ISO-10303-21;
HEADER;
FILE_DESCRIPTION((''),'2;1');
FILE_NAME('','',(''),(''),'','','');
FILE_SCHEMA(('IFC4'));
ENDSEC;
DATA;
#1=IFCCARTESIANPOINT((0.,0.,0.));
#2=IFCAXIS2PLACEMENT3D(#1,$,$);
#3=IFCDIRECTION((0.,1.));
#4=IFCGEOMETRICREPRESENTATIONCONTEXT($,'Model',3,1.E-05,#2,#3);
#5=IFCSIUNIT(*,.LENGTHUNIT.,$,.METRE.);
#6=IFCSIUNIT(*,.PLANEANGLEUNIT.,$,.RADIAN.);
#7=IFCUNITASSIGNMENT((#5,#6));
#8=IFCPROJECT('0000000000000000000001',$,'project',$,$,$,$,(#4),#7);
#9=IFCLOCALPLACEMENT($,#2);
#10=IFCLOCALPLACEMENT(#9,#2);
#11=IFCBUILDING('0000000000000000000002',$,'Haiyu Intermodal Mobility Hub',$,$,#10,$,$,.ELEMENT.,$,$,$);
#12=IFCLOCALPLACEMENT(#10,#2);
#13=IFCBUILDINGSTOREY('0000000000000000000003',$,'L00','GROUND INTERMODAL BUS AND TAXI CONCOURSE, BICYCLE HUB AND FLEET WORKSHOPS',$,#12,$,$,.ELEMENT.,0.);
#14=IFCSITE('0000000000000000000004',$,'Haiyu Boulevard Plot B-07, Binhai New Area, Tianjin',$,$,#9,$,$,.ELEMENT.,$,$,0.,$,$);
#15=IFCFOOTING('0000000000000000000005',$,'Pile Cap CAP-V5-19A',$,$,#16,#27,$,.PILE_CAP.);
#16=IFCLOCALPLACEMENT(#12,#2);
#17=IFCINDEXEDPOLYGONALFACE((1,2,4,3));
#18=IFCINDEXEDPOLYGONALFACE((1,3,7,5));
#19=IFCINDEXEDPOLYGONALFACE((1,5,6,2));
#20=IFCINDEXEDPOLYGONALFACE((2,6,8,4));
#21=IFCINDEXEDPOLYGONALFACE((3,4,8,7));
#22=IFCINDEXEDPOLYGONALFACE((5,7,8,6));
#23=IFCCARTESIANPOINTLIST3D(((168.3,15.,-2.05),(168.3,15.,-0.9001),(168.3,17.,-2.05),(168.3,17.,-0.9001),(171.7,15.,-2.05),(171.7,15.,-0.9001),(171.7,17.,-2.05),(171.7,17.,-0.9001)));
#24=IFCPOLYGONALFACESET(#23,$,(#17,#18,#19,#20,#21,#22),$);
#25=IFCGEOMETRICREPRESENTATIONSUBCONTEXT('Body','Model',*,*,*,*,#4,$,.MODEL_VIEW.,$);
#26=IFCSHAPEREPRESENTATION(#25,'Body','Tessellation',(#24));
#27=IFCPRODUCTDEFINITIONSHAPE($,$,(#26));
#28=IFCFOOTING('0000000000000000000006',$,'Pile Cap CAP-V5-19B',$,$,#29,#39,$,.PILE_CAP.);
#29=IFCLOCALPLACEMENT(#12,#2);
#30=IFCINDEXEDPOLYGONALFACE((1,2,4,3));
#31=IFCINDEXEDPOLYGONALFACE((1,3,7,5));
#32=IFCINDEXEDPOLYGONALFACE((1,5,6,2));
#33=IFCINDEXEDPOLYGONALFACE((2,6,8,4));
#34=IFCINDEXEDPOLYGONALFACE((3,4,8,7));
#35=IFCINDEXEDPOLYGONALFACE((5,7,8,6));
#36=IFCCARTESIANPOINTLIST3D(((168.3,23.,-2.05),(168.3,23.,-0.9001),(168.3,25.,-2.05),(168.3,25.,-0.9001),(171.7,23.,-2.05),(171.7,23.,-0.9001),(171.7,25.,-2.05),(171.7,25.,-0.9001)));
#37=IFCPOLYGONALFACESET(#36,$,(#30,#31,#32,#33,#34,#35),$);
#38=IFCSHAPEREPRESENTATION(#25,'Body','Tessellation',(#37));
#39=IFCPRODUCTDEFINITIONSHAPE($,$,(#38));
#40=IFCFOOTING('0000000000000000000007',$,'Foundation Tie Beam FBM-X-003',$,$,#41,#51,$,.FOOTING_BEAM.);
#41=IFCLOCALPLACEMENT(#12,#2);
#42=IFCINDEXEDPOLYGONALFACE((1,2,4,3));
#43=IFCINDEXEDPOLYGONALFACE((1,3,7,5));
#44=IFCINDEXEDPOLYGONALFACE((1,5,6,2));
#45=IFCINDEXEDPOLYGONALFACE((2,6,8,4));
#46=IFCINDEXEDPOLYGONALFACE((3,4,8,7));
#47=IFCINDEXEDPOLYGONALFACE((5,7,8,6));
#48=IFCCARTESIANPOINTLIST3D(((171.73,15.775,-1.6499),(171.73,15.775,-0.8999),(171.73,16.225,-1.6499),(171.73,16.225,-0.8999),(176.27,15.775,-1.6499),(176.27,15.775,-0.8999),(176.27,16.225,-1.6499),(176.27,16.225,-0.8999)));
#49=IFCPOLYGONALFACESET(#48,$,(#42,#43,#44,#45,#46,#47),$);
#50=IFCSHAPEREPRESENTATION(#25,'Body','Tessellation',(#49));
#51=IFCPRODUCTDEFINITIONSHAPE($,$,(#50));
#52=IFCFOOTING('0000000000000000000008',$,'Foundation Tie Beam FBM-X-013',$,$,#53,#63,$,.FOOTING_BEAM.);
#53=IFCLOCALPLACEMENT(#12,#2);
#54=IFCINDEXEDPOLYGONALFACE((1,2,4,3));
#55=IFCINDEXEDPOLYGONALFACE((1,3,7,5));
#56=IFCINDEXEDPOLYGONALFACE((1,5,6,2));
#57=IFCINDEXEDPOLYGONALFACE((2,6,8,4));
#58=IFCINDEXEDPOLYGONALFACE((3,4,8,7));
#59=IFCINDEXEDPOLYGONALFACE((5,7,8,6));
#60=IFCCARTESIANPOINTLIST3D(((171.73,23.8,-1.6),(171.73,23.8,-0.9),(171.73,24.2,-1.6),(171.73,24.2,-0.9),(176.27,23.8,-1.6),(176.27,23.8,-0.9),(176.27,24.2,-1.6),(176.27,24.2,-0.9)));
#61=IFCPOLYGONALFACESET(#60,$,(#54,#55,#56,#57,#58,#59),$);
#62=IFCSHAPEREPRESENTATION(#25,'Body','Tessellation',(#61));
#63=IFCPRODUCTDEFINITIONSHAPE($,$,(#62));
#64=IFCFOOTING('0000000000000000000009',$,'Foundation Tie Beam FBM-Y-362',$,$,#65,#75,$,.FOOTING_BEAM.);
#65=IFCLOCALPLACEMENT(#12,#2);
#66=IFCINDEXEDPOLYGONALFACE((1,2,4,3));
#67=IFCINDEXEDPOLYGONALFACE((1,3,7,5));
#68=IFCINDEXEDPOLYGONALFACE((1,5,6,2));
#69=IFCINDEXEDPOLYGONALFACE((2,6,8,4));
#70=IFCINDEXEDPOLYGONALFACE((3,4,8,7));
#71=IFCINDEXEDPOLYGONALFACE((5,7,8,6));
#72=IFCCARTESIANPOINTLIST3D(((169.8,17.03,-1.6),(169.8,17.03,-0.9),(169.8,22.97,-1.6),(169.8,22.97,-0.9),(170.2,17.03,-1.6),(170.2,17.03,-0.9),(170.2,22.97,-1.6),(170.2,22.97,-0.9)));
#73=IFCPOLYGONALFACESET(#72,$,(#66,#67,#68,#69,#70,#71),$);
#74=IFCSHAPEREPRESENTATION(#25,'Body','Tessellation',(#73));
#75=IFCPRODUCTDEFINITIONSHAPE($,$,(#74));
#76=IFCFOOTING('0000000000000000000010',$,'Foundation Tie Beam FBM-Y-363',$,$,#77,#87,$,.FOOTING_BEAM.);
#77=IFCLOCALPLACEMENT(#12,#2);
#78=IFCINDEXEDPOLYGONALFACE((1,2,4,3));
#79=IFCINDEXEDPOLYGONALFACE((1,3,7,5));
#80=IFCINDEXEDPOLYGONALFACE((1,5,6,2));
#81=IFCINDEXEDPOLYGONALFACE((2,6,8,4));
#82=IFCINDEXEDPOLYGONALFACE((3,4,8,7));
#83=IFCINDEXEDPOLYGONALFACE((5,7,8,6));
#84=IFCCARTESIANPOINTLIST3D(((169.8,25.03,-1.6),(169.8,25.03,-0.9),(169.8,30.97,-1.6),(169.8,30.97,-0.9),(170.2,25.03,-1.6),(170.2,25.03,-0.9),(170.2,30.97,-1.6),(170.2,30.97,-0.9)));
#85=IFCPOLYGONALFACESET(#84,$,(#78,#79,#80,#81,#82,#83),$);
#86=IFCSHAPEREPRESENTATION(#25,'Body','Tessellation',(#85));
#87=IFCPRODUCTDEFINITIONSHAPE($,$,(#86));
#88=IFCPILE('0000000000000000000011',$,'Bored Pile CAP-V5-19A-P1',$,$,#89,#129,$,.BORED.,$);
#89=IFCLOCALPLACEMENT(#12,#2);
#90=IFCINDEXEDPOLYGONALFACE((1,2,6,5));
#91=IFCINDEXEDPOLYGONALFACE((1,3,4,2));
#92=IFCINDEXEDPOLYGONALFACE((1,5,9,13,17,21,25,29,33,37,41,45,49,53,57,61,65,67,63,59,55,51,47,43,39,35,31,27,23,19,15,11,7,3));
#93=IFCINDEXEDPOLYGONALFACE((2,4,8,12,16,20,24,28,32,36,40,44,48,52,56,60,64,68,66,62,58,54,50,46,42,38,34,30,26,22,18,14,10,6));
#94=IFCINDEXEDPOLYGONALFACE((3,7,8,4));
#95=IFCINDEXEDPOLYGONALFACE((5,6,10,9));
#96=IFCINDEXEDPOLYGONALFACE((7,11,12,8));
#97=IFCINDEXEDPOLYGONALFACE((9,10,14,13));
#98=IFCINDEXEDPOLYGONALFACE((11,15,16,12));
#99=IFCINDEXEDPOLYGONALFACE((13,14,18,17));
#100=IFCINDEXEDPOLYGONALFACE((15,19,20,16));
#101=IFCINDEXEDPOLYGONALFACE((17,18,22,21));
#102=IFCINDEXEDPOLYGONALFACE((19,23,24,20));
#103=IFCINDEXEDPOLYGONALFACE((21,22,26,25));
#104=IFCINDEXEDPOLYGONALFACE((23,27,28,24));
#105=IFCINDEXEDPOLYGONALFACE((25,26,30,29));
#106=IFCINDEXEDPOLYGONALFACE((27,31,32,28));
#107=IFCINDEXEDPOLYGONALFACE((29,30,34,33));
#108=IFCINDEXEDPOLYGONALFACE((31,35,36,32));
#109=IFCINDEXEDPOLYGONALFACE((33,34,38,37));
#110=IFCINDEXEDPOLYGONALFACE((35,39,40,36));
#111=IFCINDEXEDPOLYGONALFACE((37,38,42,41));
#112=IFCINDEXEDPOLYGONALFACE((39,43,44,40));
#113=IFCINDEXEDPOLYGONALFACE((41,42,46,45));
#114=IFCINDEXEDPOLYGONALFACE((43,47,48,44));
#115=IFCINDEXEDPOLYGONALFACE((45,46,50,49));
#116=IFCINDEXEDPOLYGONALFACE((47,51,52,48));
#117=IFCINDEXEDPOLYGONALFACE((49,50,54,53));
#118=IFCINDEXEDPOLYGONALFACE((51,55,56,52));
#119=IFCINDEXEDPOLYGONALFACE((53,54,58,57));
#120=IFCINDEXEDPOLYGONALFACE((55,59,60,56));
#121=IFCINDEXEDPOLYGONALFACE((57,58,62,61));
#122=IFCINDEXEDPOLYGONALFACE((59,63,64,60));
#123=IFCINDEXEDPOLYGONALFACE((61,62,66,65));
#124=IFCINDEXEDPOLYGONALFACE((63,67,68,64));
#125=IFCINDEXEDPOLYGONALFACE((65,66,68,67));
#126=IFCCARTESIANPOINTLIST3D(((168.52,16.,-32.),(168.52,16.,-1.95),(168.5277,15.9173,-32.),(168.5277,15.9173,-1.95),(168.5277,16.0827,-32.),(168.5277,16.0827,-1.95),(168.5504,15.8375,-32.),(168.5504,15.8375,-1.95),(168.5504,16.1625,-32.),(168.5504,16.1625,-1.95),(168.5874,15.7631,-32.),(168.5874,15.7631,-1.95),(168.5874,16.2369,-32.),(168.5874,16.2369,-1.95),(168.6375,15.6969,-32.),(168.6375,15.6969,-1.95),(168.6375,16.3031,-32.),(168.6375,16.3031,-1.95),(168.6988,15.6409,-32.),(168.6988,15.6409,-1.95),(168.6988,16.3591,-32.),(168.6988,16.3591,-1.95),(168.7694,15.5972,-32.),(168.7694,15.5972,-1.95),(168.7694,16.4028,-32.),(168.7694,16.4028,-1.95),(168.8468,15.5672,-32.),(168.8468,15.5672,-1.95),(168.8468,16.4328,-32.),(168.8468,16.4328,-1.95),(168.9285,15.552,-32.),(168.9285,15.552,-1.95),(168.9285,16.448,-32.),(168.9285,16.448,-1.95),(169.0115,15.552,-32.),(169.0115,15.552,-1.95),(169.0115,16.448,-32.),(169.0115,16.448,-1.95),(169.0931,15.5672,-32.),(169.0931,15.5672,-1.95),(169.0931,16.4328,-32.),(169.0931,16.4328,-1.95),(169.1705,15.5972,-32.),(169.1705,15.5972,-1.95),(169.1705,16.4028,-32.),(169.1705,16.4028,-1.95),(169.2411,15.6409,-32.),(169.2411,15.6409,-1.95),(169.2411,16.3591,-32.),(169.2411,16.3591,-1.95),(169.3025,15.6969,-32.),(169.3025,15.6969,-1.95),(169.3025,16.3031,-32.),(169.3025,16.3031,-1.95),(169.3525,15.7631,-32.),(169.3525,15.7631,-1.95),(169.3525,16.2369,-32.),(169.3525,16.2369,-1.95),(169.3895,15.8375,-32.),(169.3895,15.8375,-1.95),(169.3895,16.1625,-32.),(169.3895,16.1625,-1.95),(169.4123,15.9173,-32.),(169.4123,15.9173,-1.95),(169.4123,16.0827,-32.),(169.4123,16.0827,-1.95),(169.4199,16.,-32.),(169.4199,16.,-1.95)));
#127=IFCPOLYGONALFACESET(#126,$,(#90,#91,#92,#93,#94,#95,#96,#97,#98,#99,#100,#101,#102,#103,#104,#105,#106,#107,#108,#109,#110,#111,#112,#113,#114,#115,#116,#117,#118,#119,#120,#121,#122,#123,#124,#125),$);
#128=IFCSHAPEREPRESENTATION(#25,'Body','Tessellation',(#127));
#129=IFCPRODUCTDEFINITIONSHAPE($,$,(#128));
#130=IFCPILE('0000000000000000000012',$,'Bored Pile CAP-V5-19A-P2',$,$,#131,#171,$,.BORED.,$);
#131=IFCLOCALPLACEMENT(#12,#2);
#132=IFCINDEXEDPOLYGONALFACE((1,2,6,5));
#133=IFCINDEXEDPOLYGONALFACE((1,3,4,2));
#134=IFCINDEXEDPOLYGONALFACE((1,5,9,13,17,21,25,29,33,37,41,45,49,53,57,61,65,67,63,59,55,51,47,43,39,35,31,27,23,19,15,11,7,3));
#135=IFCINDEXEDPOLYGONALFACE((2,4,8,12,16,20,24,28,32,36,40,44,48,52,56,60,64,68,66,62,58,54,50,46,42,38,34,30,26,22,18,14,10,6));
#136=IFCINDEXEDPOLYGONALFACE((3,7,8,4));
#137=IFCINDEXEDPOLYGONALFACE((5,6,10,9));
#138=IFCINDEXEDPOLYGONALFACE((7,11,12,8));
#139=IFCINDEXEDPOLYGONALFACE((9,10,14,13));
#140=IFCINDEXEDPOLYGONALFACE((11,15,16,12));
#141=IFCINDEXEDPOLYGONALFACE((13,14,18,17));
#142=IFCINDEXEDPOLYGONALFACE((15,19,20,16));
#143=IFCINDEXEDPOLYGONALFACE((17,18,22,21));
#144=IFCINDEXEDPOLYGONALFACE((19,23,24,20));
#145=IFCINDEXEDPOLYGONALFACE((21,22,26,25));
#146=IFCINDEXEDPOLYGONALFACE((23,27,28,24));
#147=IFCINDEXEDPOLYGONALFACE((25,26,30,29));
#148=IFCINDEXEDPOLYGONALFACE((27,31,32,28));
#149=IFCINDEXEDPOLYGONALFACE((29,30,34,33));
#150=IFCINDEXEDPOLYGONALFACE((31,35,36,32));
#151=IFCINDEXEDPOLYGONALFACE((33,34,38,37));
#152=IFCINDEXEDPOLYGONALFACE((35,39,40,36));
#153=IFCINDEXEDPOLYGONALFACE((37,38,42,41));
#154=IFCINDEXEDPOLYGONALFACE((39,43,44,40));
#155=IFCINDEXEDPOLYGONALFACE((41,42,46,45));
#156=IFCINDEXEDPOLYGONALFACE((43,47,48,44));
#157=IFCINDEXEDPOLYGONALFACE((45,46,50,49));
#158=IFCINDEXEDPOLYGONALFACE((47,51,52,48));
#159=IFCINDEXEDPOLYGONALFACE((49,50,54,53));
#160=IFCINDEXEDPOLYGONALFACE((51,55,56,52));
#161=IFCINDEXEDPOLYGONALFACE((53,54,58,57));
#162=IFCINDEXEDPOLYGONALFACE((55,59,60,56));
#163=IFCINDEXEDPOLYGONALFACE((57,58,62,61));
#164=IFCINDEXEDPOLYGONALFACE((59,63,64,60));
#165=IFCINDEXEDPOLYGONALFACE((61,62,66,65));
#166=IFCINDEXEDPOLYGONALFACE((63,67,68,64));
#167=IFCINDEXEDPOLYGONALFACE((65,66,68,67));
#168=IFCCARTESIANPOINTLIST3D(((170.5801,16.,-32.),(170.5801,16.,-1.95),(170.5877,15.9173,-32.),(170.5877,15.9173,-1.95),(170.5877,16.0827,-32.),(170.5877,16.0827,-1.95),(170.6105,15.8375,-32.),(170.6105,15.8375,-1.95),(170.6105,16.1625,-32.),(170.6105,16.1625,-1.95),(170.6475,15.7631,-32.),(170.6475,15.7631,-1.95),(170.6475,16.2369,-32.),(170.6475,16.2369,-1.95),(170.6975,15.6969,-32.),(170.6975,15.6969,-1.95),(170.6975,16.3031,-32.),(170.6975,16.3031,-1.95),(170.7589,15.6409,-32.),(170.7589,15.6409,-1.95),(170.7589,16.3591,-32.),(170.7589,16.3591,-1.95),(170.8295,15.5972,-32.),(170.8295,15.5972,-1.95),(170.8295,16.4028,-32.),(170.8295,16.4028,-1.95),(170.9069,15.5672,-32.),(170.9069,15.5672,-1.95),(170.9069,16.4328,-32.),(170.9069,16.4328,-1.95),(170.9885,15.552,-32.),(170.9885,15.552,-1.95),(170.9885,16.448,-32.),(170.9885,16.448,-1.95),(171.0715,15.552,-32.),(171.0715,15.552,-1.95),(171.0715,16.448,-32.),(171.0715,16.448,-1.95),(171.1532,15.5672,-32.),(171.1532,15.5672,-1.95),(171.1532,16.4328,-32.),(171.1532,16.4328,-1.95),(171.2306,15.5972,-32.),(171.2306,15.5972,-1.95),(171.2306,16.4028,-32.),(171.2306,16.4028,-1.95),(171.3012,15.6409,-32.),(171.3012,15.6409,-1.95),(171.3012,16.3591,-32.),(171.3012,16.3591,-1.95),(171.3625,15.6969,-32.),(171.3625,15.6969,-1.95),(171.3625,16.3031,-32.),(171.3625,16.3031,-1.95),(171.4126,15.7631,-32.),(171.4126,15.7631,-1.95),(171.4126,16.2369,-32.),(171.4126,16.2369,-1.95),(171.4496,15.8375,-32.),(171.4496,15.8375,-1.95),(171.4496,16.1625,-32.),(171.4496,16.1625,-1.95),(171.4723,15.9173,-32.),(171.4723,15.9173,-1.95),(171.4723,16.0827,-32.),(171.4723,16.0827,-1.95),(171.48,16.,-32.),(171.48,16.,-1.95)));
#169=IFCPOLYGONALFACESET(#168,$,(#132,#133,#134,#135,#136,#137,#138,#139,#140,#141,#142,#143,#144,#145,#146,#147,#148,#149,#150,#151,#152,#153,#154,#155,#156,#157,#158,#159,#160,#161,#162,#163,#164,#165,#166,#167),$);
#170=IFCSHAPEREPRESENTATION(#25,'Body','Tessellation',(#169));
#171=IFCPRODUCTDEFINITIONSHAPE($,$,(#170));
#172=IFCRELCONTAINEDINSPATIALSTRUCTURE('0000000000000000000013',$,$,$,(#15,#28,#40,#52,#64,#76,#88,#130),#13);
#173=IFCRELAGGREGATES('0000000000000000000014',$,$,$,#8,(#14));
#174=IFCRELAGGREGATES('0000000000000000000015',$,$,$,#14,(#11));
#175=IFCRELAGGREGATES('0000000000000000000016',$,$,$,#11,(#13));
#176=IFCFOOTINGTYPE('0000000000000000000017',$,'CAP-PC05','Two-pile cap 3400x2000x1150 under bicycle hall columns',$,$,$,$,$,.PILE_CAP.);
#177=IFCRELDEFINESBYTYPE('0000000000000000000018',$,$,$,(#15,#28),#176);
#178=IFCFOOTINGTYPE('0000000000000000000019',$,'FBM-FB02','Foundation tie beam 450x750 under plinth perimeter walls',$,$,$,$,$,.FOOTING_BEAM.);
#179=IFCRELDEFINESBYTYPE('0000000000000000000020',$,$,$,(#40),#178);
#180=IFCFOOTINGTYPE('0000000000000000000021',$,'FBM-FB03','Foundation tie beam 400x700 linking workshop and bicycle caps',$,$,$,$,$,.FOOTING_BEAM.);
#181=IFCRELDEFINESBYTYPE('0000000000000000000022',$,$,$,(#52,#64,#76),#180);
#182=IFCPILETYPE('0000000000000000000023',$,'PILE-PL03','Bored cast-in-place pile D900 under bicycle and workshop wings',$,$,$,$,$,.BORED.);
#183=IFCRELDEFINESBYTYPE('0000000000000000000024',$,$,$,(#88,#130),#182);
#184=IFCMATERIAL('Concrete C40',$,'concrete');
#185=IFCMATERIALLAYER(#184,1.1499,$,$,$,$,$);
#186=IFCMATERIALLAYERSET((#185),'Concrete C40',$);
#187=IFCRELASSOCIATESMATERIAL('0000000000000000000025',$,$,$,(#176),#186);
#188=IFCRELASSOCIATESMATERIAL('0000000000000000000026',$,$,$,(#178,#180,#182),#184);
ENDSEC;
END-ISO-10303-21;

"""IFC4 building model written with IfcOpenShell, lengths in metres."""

from ifc_helpers import new_model, si_unit, direction, frame, origin, origin_2d, place, context, subcontext, project, spatial, rectangle, circle, extrude, material, layer, layer_set, material_profile, profile_set, type_object, element, save


model = new_model("IFC4")

# Units and contexts
model_context = context("Model", 3, precision=1e-05, world=origin(), true_north=direction((0.0, 1.0)))
body_context = subcontext(model_context, "Body", "Model", "MODEL_VIEW")
ifc_project = project(units=[si_unit("LENGTHUNIT", "METRE"), si_unit("PLANEANGLEUNIT", "RADIAN")], contexts=[model_context])

# Site, building, storey
site_placement = place(None, origin())
site = spatial("IfcSite", under=ifc_project, at=site_placement, Name="Haiyu Boulevard Plot B-07, Binhai New Area, Tianjin", CompositionType="ELEMENT", RefElevation=0.0)
building_placement = place(site_placement, origin())
building = spatial("IfcBuilding", under=site, at=building_placement, Name="Haiyu Intermodal Mobility Hub", CompositionType="ELEMENT")
storey_placement = place(building_placement, origin())
storey = spatial("IfcBuildingStorey", under=building, at=storey_placement, Name="L00", Description="GROUND INTERMODAL BUS AND TAXI CONCOURSE, BICYCLE HUB AND FLEET WORKSHOPS", CompositionType="ELEMENT", Elevation=0.0)

# Footings
ifc_material_1 = material(Name="Concrete C40", Category="concrete")
ifc_layer_1 = layer(ifc_material_1, 1.1499)
ifc_layer_set_1 = layer_set([ifc_layer_1], Name="Concrete C40")
footing_type_1 = type_object("IfcFootingType", Name="CAP-PC05", Description="Two-pile cap 3400x2000x1150 under bicycle hall columns", PredefinedType="PILE_CAP", material=ifc_layer_set_1)
for number, where, z_axis, x_axis, name in (
    (1, (170.0, 16.0, -2.05), (0.0, 0.0, 1.0), (1.0, 0.0, 0.0), "Pile Cap CAP-V5-19A"),
    (2, (170.0, 24.0, -2.05), (0.0, 0.0, 1.0), (1.0, 0.0, 0.0), "Pile Cap CAP-V5-19B"),
):
    element("IfcFooting", number, at=place(storey_placement, frame(where, z_axis=z_axis, x_axis=x_axis)), inside=storey, type_object=footing_type_1, Name=name, PredefinedType="PILE_CAP", context=body_context, shape_type="SweptSolid", body=[
        extrude(rectangle(XDim=3.3999, YDim=2.0, at=origin_2d()), origin(), (0.0, 0.0, 1.0), 1.1499),
    ])
ifc_material_profile_1 = material_profile(ifc_material_1, rectangle(XDim=0.45, YDim=0.75, at=origin_2d()), Name="FB450x750")
ifc_profile_set_1 = profile_set([ifc_material_profile_1], Name="Concrete C40")
footing_type_2 = type_object("IfcFootingType", Name="FBM-FB02", Description="Foundation tie beam 450x750 under plinth perimeter walls", PredefinedType="FOOTING_BEAM", material=ifc_profile_set_1)
footing_1_placement = place(storey_placement, frame((171.73, 16.0, -1.2749), z_axis=(1.0, 0.0, 0.0), x_axis=(0.0, 1.0, 0.0)))
element("IfcFooting", 3, at=footing_1_placement, inside=storey, type_object=footing_type_2, Name="Foundation Tie Beam FBM-X-003", PredefinedType="FOOTING_BEAM", context=body_context, shape_type="SweptSolid", body=[
    extrude(rectangle(XDim=0.45, YDim=0.75, at=origin_2d()), origin(), (0.0, 0.0, 1.0), 4.54),
])
ifc_material_profile_2 = material_profile(ifc_material_1, rectangle(XDim=0.3999, YDim=0.7, at=origin_2d()), Name="FB400x700")
ifc_profile_set_2 = profile_set([ifc_material_profile_2], Name="Concrete C40")
footing_type_3 = type_object("IfcFootingType", Name="FBM-FB03", Description="Foundation tie beam 400x700 linking workshop and bicycle caps", PredefinedType="FOOTING_BEAM", material=ifc_profile_set_2)
footing_2_placement = place(storey_placement, frame((171.73, 24.0, -1.25), z_axis=(1.0, 0.0, 0.0), x_axis=(0.0, 1.0, 0.0)))
element("IfcFooting", 4, at=footing_2_placement, inside=storey, type_object=footing_type_3, Name="Foundation Tie Beam FBM-X-013", PredefinedType="FOOTING_BEAM", context=body_context, shape_type="SweptSolid", body=[
    extrude(rectangle(XDim=0.3999, YDim=0.7, at=origin_2d()), origin(), (0.0, 0.0, 1.0), 4.54),
])
for number, where, z_axis, x_axis, name in (
    (5, (170.0, 17.03, -1.25), (0.0, 1.0, 0.0), (-1.0, 0.0, 0.0), "Foundation Tie Beam FBM-Y-362"),
    (6, (170.0, 25.03, -1.25), (0.0, 1.0, 0.0), (-1.0, 0.0, 0.0), "Foundation Tie Beam FBM-Y-363"),
):
    element("IfcFooting", number, at=place(storey_placement, frame(where, z_axis=z_axis, x_axis=x_axis)), inside=storey, type_object=footing_type_3, Name=name, PredefinedType="FOOTING_BEAM", context=body_context, shape_type="SweptSolid", body=[
        extrude(rectangle(XDim=0.3999, YDim=0.7, at=origin_2d()), origin(), (0.0, 0.0, 1.0), 5.9399),
    ])

# Piles
ifc_material_profile_3 = material_profile(ifc_material_1, circle(Radius=0.45, at=origin_2d()), Name="PILE-D900")
ifc_profile_set_3 = profile_set([ifc_material_profile_3], Name="Concrete C40")
pile_type = type_object("IfcPileType", Name="PILE-PL03", Description="Bored cast-in-place pile D900 under bicycle and workshop wings", PredefinedType="BORED", material=ifc_profile_set_3)
for number, where, z_axis, x_axis, name in (
    (7, (168.97, 16.0, -1.95), (0.0, 0.0, -1.0), (1.0, 0.0, 0.0), "Bored Pile CAP-V5-19A-P1"),
    (8, (171.03, 16.0, -1.95), (0.0, 0.0, -1.0), (1.0, 0.0, 0.0), "Bored Pile CAP-V5-19A-P2"),
):
    element("IfcPile", number, at=place(storey_placement, frame(where, z_axis=z_axis, x_axis=x_axis)), inside=storey, type_object=pile_type, Name=name, PredefinedType="BORED", context=body_context, shape_type="SweptSolid", body=[
        extrude(circle(Radius=0.45, at=origin_2d()), origin(), (0.0, 0.0, 1.0), 30.05),
    ])

save(model, "model.ifc")
